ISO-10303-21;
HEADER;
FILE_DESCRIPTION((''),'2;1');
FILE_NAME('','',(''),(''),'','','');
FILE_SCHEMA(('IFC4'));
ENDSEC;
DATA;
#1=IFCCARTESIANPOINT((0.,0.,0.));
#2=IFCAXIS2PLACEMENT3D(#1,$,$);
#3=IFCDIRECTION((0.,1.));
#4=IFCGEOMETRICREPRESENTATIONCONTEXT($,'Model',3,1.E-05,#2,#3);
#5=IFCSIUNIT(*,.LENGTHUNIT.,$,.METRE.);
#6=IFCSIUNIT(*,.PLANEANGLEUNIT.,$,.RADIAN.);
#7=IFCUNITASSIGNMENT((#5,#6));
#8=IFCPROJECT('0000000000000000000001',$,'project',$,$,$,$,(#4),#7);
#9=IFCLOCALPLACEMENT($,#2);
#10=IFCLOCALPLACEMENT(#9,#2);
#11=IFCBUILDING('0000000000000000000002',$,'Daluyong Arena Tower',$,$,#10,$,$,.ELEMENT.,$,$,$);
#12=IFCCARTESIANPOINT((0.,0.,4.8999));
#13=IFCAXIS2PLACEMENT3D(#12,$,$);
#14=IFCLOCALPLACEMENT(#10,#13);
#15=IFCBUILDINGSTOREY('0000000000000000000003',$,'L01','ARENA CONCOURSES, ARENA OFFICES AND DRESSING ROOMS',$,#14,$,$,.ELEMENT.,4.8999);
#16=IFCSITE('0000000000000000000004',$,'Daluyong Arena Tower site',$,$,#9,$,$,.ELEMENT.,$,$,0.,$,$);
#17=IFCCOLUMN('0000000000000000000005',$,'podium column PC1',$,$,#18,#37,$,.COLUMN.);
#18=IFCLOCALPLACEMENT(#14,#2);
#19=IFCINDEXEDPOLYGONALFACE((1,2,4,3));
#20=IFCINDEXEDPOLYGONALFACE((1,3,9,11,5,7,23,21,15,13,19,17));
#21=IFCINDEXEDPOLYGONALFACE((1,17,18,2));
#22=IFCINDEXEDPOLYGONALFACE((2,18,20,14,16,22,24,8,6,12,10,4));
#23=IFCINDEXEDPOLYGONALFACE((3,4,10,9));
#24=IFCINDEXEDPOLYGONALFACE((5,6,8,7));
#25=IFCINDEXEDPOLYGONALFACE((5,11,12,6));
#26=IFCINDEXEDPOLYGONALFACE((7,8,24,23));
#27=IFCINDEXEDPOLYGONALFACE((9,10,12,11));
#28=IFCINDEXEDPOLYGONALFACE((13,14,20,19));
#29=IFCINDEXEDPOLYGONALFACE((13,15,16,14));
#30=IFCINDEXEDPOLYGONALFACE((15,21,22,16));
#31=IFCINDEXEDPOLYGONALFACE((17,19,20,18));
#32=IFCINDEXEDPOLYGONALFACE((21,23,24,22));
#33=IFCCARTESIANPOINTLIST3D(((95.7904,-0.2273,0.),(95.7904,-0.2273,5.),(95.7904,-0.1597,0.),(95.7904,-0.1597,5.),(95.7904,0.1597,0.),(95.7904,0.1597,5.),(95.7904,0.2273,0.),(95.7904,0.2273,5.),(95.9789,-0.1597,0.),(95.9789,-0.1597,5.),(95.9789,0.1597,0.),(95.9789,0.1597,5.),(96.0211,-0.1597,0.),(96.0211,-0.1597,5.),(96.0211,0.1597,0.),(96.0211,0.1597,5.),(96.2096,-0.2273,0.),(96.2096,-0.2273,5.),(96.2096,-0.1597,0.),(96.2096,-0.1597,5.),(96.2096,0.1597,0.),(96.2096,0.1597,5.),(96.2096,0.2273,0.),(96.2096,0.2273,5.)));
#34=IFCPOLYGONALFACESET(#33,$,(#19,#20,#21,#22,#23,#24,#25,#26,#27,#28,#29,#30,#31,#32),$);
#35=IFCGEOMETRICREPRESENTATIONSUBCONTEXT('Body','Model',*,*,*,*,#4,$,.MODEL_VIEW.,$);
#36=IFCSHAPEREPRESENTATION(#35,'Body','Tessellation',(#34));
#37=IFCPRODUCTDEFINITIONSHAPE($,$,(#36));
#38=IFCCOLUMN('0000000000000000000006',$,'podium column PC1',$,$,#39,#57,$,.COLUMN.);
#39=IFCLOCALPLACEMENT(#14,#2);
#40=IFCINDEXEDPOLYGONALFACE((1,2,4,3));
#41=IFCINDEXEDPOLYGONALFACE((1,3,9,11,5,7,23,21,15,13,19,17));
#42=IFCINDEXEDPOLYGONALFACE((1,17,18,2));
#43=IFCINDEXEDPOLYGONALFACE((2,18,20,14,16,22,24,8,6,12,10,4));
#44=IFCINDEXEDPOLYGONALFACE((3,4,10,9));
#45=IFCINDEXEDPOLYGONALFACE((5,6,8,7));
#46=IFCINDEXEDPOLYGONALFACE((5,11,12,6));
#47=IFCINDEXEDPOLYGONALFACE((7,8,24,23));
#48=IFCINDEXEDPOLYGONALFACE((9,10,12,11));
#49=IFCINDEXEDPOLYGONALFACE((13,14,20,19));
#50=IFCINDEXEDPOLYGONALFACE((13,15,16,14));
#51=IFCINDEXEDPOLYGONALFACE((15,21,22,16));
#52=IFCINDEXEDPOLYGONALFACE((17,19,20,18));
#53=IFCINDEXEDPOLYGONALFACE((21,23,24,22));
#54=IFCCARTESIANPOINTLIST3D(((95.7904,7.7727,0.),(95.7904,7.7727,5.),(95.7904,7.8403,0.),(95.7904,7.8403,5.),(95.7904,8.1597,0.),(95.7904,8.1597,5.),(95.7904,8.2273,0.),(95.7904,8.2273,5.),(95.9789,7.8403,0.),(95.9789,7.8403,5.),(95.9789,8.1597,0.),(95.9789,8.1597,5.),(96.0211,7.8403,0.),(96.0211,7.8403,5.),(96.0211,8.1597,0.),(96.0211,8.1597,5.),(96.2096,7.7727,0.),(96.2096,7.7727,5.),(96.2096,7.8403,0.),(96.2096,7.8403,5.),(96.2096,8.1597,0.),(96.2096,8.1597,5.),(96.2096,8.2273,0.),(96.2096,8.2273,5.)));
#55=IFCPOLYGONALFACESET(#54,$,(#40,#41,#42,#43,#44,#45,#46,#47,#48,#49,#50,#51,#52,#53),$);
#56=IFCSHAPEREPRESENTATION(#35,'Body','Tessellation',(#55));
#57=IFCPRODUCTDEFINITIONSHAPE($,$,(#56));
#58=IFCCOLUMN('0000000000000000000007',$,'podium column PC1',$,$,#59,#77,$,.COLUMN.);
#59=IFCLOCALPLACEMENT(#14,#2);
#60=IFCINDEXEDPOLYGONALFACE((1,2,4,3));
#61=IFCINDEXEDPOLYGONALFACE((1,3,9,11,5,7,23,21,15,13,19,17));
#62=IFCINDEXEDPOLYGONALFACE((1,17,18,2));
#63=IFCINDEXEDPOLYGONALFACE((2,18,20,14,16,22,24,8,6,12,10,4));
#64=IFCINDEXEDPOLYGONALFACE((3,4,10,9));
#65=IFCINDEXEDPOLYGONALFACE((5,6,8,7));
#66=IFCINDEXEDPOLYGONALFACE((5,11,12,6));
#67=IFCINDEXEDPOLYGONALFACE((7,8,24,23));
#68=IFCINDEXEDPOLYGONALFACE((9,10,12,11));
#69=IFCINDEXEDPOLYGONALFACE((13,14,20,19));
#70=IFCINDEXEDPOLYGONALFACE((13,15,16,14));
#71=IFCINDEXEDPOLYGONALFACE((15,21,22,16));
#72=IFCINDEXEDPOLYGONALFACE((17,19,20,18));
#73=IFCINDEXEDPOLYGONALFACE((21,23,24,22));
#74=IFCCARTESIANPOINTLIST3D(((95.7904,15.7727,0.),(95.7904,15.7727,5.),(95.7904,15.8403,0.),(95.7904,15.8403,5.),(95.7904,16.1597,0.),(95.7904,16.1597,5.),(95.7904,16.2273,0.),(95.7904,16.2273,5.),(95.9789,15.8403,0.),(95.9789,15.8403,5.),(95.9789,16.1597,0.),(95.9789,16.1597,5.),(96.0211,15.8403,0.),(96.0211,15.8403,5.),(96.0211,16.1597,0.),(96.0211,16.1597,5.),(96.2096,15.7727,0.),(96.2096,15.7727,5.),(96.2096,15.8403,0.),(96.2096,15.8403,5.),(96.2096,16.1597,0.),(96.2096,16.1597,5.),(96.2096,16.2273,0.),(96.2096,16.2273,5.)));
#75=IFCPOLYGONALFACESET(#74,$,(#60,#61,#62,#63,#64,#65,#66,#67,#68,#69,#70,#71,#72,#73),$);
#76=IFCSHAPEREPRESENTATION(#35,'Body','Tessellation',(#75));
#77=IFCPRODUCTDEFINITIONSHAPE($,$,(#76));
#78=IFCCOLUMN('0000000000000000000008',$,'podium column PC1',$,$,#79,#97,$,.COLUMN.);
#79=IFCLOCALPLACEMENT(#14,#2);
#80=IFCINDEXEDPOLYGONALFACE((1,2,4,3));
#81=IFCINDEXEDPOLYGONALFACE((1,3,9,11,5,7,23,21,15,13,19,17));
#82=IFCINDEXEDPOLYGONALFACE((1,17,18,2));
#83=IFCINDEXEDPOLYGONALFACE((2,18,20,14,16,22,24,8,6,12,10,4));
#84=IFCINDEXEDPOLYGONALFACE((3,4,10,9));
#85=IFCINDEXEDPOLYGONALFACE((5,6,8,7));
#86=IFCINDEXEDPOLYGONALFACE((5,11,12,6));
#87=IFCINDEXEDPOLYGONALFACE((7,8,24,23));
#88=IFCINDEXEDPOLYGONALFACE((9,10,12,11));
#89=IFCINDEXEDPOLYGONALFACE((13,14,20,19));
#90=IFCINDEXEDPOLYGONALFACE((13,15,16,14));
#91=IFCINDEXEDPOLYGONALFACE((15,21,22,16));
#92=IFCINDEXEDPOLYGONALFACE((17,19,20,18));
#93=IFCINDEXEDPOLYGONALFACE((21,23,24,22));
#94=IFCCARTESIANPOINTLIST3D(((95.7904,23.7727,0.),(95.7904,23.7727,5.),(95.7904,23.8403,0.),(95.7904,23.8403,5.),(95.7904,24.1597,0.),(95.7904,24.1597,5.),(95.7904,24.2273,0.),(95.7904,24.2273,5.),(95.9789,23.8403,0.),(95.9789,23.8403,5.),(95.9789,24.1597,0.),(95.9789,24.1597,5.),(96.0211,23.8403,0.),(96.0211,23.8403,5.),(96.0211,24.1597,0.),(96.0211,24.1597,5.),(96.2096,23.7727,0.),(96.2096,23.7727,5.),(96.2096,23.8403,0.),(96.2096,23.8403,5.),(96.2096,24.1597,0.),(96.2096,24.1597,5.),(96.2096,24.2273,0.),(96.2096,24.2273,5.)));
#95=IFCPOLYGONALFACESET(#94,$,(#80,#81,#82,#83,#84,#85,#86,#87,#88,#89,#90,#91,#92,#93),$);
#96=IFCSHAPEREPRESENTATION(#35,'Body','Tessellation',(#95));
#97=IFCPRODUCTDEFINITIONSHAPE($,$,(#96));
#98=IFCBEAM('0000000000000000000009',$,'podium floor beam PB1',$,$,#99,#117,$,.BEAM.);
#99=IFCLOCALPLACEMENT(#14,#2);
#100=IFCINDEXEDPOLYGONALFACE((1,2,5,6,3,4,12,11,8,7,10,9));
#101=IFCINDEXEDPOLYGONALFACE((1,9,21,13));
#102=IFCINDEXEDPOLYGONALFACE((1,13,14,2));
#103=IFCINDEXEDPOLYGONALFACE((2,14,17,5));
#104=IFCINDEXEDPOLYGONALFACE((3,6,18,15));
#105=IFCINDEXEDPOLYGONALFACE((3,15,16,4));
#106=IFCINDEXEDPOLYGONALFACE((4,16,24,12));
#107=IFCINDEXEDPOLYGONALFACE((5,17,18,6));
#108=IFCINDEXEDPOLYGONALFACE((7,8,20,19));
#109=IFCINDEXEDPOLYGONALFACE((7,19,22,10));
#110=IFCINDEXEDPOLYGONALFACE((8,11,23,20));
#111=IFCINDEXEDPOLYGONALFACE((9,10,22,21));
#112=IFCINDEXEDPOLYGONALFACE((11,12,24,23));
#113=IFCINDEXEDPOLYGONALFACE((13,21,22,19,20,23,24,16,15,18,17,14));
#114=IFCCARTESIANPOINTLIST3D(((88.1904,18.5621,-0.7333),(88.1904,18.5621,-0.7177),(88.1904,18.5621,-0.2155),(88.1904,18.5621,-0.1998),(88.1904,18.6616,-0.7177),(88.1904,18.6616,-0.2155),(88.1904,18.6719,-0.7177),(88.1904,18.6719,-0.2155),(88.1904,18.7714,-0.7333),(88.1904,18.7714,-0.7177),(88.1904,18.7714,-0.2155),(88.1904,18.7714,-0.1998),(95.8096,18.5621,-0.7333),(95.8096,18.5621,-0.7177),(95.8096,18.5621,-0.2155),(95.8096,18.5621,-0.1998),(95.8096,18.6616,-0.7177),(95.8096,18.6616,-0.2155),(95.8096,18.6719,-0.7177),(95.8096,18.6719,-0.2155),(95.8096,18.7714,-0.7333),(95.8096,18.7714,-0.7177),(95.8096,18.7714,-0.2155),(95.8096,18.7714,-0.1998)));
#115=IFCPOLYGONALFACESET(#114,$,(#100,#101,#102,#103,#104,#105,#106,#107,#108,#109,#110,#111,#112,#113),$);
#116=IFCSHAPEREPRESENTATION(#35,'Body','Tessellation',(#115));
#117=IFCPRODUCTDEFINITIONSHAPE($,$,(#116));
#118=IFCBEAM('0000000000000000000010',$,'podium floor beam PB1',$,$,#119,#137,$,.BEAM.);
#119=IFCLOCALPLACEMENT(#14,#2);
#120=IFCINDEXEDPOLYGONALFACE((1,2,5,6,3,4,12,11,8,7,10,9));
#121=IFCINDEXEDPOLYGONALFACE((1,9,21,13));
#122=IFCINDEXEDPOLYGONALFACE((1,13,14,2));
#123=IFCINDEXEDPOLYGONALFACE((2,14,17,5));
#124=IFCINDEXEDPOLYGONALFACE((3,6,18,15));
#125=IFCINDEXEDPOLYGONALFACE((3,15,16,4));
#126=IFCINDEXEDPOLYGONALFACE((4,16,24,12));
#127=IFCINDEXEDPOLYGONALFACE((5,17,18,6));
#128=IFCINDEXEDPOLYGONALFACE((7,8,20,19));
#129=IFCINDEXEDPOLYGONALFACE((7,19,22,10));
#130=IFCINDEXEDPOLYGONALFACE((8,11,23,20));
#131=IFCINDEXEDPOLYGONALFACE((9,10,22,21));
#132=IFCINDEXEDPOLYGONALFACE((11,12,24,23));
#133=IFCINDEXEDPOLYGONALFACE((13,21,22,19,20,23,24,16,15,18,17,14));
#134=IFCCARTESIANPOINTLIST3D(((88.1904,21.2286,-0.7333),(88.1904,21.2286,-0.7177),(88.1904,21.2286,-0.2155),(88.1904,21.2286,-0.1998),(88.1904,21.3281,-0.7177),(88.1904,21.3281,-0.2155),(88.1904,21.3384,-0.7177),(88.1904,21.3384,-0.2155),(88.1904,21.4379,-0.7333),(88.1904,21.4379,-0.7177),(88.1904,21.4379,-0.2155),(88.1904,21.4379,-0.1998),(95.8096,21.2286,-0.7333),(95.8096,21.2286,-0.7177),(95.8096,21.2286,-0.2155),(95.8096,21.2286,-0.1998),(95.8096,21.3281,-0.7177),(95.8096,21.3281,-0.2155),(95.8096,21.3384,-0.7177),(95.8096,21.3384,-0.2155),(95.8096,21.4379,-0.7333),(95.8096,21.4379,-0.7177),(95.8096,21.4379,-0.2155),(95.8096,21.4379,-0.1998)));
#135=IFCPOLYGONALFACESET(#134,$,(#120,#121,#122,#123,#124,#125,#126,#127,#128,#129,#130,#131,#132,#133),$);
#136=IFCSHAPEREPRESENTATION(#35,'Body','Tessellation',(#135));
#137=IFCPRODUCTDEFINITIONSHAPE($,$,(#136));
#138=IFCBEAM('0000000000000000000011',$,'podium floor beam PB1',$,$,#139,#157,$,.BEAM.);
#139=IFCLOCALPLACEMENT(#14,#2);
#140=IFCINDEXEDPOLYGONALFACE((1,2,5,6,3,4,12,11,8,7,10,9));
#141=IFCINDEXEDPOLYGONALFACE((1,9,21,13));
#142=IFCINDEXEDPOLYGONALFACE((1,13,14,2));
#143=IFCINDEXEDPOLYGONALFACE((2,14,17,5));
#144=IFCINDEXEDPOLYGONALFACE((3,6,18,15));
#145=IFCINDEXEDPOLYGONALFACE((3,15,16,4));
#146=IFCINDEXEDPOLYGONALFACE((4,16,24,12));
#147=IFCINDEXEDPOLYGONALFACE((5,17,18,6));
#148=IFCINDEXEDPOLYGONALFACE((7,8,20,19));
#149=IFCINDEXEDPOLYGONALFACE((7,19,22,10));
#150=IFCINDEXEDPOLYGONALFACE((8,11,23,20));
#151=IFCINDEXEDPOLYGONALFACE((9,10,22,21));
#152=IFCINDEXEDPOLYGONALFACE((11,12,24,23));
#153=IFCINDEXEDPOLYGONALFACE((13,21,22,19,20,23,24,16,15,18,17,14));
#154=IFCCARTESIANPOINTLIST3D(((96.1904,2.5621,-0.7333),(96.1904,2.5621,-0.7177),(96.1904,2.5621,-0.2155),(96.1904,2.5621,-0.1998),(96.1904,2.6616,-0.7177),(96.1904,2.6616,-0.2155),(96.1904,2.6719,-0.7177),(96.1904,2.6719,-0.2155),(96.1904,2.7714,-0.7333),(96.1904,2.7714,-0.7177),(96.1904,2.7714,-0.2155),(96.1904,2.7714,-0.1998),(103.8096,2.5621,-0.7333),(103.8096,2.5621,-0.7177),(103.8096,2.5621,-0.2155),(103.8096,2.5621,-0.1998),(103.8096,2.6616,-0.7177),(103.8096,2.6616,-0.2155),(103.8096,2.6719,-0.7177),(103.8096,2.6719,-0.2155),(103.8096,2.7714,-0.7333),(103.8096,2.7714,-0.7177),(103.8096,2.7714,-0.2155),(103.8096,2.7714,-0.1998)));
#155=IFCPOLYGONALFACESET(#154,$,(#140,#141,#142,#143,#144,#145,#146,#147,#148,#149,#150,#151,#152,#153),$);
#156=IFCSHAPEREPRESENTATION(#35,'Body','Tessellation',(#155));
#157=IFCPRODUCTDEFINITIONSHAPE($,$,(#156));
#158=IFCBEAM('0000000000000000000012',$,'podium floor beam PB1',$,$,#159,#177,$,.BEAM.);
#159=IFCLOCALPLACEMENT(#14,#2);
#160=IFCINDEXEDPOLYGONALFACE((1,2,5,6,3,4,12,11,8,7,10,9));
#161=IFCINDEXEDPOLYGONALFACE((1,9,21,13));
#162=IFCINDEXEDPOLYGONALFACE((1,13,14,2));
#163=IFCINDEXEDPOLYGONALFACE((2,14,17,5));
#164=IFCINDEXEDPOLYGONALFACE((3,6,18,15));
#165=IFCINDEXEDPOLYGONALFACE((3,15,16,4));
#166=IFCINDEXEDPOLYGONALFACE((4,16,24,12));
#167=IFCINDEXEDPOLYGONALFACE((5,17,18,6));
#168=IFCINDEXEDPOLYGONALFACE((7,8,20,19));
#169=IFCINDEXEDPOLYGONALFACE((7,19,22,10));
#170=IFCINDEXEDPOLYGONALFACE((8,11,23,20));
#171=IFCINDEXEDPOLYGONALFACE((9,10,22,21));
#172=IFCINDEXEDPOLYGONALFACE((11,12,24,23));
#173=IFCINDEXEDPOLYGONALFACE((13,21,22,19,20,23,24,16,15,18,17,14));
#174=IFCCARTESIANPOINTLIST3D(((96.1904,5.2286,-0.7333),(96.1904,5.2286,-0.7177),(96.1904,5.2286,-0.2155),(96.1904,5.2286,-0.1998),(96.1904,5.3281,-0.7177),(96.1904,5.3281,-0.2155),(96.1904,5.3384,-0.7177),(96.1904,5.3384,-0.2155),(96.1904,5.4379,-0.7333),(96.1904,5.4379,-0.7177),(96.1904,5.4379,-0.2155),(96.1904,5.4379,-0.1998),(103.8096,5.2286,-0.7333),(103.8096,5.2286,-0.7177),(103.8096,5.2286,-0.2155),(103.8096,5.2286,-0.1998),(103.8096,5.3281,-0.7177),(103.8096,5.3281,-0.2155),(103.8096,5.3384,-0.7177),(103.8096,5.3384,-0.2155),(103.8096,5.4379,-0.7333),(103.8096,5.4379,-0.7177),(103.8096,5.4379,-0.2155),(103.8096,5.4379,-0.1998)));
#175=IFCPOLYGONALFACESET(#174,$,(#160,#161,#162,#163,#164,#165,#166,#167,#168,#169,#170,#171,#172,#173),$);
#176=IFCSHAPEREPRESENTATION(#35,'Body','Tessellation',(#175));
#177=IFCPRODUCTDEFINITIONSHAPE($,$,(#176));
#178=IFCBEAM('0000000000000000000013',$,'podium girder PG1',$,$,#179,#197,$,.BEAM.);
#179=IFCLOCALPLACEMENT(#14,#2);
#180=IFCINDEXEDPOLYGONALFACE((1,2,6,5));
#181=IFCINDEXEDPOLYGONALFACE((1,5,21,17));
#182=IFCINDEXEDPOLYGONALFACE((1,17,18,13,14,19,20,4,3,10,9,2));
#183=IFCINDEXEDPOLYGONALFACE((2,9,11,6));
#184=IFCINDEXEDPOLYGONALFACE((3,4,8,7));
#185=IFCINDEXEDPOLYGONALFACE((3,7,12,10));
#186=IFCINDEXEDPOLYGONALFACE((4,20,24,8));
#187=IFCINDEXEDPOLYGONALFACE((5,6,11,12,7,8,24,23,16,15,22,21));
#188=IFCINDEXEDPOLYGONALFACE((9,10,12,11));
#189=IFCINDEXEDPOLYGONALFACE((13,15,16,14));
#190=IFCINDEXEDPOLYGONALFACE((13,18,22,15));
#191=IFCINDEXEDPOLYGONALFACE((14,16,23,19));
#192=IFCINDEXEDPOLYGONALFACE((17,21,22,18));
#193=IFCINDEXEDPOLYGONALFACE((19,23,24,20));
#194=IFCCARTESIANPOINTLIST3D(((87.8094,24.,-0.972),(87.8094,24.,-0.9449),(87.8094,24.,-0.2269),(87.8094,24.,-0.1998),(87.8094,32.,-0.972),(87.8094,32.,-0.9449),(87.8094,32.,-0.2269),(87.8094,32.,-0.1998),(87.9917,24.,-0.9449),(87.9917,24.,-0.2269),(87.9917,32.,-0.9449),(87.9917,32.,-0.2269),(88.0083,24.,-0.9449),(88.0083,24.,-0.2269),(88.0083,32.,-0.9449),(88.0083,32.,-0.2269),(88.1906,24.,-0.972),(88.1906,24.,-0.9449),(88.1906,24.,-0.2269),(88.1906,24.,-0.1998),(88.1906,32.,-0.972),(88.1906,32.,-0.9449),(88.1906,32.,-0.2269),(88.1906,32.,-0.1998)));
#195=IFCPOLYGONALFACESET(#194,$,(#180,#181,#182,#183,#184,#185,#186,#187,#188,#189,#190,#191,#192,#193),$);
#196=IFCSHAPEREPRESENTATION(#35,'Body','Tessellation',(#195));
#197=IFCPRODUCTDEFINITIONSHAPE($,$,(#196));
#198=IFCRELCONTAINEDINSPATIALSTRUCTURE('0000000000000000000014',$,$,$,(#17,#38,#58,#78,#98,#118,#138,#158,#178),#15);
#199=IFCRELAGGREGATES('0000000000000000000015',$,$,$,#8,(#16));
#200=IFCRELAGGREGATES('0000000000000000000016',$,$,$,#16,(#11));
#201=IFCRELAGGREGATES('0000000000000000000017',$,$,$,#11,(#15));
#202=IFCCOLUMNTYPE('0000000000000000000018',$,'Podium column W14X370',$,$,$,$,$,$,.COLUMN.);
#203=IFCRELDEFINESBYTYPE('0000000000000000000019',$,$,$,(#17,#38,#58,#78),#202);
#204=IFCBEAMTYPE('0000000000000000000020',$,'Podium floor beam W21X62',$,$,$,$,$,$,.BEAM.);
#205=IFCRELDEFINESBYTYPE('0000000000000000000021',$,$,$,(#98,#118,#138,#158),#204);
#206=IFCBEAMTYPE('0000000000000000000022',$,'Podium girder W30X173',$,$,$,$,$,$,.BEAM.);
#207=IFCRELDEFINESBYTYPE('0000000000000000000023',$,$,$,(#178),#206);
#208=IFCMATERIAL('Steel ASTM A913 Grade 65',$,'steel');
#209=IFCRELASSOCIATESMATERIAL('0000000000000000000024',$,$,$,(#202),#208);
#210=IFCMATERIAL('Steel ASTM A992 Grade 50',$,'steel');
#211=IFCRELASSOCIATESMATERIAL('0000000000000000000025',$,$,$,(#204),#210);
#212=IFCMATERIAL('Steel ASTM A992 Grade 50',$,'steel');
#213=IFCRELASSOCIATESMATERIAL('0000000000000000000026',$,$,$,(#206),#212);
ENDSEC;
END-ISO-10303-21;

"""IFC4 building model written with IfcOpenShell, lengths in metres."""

from ifc_helpers import new_model, si_unit, direction, frame, origin, origin_2d, place, context, subcontext, project, spatial, i_section, extrude, material, material_profile, profile_set, type_object, element, save


model = new_model("IFC4")

# Units and contexts
model_context = context("Model", 3, precision=1e-05, world=origin(), true_north=direction((0.0, 1.0)))
body_context = subcontext(model_context, "Body", "Model", "MODEL_VIEW")
ifc_project = project(units=[si_unit("LENGTHUNIT", "METRE"), si_unit("PLANEANGLEUNIT", "RADIAN")], contexts=[model_context])

# Site, building, storey
site_placement = place(None, origin())
site = spatial("IfcSite", under=ifc_project, at=site_placement, Name="Daluyong Arena Tower site", CompositionType="ELEMENT", RefElevation=0.0)
building_placement = place(site_placement, origin())
building = spatial("IfcBuilding", under=site, at=building_placement, Name="Daluyong Arena Tower", CompositionType="ELEMENT")
storey_placement = place(building_placement, frame((0.0, 0.0, 4.8999)))
storey = spatial("IfcBuildingStorey", under=building, at=storey_placement, Name="L01", Description="ARENA CONCOURSES, ARENA OFFICES AND DRESSING ROOMS", CompositionType="ELEMENT", Elevation=4.8999)

# Columns
ifc_material_1 = material(Name="Steel ASTM A913 Grade 65", Category="steel")
ifc_material_profile_1 = material_profile(ifc_material_1, i_section(OverallWidth=0.4192, OverallDepth=0.4546, WebThickness=0.0422, FlangeThickness=0.0676, at=origin_2d()))
ifc_profile_set_1 = profile_set([ifc_material_profile_1], Name="Steel ASTM A913 Grade 65")
column_type = type_object("IfcColumnType", Name="Podium column W14X370", PredefinedType="COLUMN", material=ifc_profile_set_1)
for number, where, z_axis, x_axis, name in (
    (1, (96.0, 0.0, 0.0), (0.0, 0.0, 1.0), (1.0, 0.0, 0.0), "podium column PC1"),
    (2, (96.0, 8.0, 0.0), (0.0, 0.0, 1.0), (1.0, 0.0, 0.0), "podium column PC1"),
    (3, (96.0, 16.0, 0.0), (0.0, 0.0, 1.0), (1.0, 0.0, 0.0), "podium column PC1"),
    (4, (96.0, 24.0, 0.0), (0.0, 0.0, 1.0), (1.0, 0.0, 0.0), "podium column PC1"),
):
    element("IfcColumn", number, at=place(storey_placement, frame(where, z_axis=z_axis, x_axis=x_axis)), inside=storey, type_object=column_type, Name=name, PredefinedType="COLUMN", context=body_context, shape_type="SweptSolid", body=[
        extrude(i_section(OverallWidth=0.4192, OverallDepth=0.4546, WebThickness=0.0422, FlangeThickness=0.0676, at=origin_2d()), origin(), (0.0, 0.0, 1.0), 5.0),
    ])

# Beams
ifc_material_2 = material(Name="Steel ASTM A992 Grade 50", Category="steel")
ifc_material_profile_2 = material_profile(ifc_material_2, i_section(OverallWidth=0.2092, OverallDepth=0.5334, WebThickness=0.0103, FlangeThickness=0.0156, at=origin_2d()))
ifc_profile_set_2 = profile_set([ifc_material_profile_2], Name="Steel ASTM A992 Grade 50")
beam_type_1 = type_object("IfcBeamType", Name="Podium floor beam W21X62", PredefinedType="BEAM", material=ifc_profile_set_2)
for number, where, z_axis, x_axis, name in (
    (5, (88.1904, 18.6667, -0.4666), (1.0, 0.0, 0.0), (0.0, 1.0, 0.0), "podium floor beam PB1"),
    (6, (88.1904, 21.3333, -0.4666), (1.0, 0.0, 0.0), (0.0, 1.0, 0.0), "podium floor beam PB1"),
    (7, (96.1904, 2.6667, -0.4666), (1.0, 0.0, 0.0), (0.0, 1.0, 0.0), "podium floor beam PB1"),
    (8, (96.1904, 5.3333, -0.4666), (1.0, 0.0, 0.0), (0.0, 1.0, 0.0), "podium floor beam PB1"),
):
    element("IfcBeam", number, at=place(storey_placement, frame(where, z_axis=z_axis, x_axis=x_axis)), inside=storey, type_object=beam_type_1, Name=name, PredefinedType="BEAM", context=body_context, shape_type="SweptSolid", body=[
        extrude(i_section(OverallWidth=0.2092, OverallDepth=0.5334, WebThickness=0.0103, FlangeThickness=0.0156, at=origin_2d()), origin(), (0.0, 0.0, 1.0), 7.6191),
    ])
ifc_material_3 = material(Name="Steel ASTM A992 Grade 50", Category="steel")
ifc_material_profile_3 = material_profile(ifc_material_3, i_section(OverallWidth=0.3811, OverallDepth=0.7722, WebThickness=0.0166, FlangeThickness=0.0271, at=origin_2d()))
ifc_profile_set_3 = profile_set([ifc_material_profile_3], Name="Steel ASTM A992 Grade 50")
beam_type_2 = type_object("IfcBeamType", Name="Podium girder W30X173", PredefinedType="BEAM", material=ifc_profile_set_3)
for number, where, z_axis, x_axis, name in (
    (9, (88.0, 24.0, -0.5859), (0.0, 1.0, 0.0), (-1.0, 0.0, 0.0), "podium girder PG1"),
):
    element("IfcBeam", number, at=place(storey_placement, frame(where, z_axis=z_axis, x_axis=x_axis)), inside=storey, type_object=beam_type_2, Name=name, PredefinedType="BEAM", context=body_context, shape_type="SweptSolid", body=[
        extrude(i_section(OverallWidth=0.3811, OverallDepth=0.7722, WebThickness=0.0166, FlangeThickness=0.0271, at=origin_2d()), origin(), (0.0, 0.0, 1.0), 8.0),
    ])

save(model, "model.ifc")
